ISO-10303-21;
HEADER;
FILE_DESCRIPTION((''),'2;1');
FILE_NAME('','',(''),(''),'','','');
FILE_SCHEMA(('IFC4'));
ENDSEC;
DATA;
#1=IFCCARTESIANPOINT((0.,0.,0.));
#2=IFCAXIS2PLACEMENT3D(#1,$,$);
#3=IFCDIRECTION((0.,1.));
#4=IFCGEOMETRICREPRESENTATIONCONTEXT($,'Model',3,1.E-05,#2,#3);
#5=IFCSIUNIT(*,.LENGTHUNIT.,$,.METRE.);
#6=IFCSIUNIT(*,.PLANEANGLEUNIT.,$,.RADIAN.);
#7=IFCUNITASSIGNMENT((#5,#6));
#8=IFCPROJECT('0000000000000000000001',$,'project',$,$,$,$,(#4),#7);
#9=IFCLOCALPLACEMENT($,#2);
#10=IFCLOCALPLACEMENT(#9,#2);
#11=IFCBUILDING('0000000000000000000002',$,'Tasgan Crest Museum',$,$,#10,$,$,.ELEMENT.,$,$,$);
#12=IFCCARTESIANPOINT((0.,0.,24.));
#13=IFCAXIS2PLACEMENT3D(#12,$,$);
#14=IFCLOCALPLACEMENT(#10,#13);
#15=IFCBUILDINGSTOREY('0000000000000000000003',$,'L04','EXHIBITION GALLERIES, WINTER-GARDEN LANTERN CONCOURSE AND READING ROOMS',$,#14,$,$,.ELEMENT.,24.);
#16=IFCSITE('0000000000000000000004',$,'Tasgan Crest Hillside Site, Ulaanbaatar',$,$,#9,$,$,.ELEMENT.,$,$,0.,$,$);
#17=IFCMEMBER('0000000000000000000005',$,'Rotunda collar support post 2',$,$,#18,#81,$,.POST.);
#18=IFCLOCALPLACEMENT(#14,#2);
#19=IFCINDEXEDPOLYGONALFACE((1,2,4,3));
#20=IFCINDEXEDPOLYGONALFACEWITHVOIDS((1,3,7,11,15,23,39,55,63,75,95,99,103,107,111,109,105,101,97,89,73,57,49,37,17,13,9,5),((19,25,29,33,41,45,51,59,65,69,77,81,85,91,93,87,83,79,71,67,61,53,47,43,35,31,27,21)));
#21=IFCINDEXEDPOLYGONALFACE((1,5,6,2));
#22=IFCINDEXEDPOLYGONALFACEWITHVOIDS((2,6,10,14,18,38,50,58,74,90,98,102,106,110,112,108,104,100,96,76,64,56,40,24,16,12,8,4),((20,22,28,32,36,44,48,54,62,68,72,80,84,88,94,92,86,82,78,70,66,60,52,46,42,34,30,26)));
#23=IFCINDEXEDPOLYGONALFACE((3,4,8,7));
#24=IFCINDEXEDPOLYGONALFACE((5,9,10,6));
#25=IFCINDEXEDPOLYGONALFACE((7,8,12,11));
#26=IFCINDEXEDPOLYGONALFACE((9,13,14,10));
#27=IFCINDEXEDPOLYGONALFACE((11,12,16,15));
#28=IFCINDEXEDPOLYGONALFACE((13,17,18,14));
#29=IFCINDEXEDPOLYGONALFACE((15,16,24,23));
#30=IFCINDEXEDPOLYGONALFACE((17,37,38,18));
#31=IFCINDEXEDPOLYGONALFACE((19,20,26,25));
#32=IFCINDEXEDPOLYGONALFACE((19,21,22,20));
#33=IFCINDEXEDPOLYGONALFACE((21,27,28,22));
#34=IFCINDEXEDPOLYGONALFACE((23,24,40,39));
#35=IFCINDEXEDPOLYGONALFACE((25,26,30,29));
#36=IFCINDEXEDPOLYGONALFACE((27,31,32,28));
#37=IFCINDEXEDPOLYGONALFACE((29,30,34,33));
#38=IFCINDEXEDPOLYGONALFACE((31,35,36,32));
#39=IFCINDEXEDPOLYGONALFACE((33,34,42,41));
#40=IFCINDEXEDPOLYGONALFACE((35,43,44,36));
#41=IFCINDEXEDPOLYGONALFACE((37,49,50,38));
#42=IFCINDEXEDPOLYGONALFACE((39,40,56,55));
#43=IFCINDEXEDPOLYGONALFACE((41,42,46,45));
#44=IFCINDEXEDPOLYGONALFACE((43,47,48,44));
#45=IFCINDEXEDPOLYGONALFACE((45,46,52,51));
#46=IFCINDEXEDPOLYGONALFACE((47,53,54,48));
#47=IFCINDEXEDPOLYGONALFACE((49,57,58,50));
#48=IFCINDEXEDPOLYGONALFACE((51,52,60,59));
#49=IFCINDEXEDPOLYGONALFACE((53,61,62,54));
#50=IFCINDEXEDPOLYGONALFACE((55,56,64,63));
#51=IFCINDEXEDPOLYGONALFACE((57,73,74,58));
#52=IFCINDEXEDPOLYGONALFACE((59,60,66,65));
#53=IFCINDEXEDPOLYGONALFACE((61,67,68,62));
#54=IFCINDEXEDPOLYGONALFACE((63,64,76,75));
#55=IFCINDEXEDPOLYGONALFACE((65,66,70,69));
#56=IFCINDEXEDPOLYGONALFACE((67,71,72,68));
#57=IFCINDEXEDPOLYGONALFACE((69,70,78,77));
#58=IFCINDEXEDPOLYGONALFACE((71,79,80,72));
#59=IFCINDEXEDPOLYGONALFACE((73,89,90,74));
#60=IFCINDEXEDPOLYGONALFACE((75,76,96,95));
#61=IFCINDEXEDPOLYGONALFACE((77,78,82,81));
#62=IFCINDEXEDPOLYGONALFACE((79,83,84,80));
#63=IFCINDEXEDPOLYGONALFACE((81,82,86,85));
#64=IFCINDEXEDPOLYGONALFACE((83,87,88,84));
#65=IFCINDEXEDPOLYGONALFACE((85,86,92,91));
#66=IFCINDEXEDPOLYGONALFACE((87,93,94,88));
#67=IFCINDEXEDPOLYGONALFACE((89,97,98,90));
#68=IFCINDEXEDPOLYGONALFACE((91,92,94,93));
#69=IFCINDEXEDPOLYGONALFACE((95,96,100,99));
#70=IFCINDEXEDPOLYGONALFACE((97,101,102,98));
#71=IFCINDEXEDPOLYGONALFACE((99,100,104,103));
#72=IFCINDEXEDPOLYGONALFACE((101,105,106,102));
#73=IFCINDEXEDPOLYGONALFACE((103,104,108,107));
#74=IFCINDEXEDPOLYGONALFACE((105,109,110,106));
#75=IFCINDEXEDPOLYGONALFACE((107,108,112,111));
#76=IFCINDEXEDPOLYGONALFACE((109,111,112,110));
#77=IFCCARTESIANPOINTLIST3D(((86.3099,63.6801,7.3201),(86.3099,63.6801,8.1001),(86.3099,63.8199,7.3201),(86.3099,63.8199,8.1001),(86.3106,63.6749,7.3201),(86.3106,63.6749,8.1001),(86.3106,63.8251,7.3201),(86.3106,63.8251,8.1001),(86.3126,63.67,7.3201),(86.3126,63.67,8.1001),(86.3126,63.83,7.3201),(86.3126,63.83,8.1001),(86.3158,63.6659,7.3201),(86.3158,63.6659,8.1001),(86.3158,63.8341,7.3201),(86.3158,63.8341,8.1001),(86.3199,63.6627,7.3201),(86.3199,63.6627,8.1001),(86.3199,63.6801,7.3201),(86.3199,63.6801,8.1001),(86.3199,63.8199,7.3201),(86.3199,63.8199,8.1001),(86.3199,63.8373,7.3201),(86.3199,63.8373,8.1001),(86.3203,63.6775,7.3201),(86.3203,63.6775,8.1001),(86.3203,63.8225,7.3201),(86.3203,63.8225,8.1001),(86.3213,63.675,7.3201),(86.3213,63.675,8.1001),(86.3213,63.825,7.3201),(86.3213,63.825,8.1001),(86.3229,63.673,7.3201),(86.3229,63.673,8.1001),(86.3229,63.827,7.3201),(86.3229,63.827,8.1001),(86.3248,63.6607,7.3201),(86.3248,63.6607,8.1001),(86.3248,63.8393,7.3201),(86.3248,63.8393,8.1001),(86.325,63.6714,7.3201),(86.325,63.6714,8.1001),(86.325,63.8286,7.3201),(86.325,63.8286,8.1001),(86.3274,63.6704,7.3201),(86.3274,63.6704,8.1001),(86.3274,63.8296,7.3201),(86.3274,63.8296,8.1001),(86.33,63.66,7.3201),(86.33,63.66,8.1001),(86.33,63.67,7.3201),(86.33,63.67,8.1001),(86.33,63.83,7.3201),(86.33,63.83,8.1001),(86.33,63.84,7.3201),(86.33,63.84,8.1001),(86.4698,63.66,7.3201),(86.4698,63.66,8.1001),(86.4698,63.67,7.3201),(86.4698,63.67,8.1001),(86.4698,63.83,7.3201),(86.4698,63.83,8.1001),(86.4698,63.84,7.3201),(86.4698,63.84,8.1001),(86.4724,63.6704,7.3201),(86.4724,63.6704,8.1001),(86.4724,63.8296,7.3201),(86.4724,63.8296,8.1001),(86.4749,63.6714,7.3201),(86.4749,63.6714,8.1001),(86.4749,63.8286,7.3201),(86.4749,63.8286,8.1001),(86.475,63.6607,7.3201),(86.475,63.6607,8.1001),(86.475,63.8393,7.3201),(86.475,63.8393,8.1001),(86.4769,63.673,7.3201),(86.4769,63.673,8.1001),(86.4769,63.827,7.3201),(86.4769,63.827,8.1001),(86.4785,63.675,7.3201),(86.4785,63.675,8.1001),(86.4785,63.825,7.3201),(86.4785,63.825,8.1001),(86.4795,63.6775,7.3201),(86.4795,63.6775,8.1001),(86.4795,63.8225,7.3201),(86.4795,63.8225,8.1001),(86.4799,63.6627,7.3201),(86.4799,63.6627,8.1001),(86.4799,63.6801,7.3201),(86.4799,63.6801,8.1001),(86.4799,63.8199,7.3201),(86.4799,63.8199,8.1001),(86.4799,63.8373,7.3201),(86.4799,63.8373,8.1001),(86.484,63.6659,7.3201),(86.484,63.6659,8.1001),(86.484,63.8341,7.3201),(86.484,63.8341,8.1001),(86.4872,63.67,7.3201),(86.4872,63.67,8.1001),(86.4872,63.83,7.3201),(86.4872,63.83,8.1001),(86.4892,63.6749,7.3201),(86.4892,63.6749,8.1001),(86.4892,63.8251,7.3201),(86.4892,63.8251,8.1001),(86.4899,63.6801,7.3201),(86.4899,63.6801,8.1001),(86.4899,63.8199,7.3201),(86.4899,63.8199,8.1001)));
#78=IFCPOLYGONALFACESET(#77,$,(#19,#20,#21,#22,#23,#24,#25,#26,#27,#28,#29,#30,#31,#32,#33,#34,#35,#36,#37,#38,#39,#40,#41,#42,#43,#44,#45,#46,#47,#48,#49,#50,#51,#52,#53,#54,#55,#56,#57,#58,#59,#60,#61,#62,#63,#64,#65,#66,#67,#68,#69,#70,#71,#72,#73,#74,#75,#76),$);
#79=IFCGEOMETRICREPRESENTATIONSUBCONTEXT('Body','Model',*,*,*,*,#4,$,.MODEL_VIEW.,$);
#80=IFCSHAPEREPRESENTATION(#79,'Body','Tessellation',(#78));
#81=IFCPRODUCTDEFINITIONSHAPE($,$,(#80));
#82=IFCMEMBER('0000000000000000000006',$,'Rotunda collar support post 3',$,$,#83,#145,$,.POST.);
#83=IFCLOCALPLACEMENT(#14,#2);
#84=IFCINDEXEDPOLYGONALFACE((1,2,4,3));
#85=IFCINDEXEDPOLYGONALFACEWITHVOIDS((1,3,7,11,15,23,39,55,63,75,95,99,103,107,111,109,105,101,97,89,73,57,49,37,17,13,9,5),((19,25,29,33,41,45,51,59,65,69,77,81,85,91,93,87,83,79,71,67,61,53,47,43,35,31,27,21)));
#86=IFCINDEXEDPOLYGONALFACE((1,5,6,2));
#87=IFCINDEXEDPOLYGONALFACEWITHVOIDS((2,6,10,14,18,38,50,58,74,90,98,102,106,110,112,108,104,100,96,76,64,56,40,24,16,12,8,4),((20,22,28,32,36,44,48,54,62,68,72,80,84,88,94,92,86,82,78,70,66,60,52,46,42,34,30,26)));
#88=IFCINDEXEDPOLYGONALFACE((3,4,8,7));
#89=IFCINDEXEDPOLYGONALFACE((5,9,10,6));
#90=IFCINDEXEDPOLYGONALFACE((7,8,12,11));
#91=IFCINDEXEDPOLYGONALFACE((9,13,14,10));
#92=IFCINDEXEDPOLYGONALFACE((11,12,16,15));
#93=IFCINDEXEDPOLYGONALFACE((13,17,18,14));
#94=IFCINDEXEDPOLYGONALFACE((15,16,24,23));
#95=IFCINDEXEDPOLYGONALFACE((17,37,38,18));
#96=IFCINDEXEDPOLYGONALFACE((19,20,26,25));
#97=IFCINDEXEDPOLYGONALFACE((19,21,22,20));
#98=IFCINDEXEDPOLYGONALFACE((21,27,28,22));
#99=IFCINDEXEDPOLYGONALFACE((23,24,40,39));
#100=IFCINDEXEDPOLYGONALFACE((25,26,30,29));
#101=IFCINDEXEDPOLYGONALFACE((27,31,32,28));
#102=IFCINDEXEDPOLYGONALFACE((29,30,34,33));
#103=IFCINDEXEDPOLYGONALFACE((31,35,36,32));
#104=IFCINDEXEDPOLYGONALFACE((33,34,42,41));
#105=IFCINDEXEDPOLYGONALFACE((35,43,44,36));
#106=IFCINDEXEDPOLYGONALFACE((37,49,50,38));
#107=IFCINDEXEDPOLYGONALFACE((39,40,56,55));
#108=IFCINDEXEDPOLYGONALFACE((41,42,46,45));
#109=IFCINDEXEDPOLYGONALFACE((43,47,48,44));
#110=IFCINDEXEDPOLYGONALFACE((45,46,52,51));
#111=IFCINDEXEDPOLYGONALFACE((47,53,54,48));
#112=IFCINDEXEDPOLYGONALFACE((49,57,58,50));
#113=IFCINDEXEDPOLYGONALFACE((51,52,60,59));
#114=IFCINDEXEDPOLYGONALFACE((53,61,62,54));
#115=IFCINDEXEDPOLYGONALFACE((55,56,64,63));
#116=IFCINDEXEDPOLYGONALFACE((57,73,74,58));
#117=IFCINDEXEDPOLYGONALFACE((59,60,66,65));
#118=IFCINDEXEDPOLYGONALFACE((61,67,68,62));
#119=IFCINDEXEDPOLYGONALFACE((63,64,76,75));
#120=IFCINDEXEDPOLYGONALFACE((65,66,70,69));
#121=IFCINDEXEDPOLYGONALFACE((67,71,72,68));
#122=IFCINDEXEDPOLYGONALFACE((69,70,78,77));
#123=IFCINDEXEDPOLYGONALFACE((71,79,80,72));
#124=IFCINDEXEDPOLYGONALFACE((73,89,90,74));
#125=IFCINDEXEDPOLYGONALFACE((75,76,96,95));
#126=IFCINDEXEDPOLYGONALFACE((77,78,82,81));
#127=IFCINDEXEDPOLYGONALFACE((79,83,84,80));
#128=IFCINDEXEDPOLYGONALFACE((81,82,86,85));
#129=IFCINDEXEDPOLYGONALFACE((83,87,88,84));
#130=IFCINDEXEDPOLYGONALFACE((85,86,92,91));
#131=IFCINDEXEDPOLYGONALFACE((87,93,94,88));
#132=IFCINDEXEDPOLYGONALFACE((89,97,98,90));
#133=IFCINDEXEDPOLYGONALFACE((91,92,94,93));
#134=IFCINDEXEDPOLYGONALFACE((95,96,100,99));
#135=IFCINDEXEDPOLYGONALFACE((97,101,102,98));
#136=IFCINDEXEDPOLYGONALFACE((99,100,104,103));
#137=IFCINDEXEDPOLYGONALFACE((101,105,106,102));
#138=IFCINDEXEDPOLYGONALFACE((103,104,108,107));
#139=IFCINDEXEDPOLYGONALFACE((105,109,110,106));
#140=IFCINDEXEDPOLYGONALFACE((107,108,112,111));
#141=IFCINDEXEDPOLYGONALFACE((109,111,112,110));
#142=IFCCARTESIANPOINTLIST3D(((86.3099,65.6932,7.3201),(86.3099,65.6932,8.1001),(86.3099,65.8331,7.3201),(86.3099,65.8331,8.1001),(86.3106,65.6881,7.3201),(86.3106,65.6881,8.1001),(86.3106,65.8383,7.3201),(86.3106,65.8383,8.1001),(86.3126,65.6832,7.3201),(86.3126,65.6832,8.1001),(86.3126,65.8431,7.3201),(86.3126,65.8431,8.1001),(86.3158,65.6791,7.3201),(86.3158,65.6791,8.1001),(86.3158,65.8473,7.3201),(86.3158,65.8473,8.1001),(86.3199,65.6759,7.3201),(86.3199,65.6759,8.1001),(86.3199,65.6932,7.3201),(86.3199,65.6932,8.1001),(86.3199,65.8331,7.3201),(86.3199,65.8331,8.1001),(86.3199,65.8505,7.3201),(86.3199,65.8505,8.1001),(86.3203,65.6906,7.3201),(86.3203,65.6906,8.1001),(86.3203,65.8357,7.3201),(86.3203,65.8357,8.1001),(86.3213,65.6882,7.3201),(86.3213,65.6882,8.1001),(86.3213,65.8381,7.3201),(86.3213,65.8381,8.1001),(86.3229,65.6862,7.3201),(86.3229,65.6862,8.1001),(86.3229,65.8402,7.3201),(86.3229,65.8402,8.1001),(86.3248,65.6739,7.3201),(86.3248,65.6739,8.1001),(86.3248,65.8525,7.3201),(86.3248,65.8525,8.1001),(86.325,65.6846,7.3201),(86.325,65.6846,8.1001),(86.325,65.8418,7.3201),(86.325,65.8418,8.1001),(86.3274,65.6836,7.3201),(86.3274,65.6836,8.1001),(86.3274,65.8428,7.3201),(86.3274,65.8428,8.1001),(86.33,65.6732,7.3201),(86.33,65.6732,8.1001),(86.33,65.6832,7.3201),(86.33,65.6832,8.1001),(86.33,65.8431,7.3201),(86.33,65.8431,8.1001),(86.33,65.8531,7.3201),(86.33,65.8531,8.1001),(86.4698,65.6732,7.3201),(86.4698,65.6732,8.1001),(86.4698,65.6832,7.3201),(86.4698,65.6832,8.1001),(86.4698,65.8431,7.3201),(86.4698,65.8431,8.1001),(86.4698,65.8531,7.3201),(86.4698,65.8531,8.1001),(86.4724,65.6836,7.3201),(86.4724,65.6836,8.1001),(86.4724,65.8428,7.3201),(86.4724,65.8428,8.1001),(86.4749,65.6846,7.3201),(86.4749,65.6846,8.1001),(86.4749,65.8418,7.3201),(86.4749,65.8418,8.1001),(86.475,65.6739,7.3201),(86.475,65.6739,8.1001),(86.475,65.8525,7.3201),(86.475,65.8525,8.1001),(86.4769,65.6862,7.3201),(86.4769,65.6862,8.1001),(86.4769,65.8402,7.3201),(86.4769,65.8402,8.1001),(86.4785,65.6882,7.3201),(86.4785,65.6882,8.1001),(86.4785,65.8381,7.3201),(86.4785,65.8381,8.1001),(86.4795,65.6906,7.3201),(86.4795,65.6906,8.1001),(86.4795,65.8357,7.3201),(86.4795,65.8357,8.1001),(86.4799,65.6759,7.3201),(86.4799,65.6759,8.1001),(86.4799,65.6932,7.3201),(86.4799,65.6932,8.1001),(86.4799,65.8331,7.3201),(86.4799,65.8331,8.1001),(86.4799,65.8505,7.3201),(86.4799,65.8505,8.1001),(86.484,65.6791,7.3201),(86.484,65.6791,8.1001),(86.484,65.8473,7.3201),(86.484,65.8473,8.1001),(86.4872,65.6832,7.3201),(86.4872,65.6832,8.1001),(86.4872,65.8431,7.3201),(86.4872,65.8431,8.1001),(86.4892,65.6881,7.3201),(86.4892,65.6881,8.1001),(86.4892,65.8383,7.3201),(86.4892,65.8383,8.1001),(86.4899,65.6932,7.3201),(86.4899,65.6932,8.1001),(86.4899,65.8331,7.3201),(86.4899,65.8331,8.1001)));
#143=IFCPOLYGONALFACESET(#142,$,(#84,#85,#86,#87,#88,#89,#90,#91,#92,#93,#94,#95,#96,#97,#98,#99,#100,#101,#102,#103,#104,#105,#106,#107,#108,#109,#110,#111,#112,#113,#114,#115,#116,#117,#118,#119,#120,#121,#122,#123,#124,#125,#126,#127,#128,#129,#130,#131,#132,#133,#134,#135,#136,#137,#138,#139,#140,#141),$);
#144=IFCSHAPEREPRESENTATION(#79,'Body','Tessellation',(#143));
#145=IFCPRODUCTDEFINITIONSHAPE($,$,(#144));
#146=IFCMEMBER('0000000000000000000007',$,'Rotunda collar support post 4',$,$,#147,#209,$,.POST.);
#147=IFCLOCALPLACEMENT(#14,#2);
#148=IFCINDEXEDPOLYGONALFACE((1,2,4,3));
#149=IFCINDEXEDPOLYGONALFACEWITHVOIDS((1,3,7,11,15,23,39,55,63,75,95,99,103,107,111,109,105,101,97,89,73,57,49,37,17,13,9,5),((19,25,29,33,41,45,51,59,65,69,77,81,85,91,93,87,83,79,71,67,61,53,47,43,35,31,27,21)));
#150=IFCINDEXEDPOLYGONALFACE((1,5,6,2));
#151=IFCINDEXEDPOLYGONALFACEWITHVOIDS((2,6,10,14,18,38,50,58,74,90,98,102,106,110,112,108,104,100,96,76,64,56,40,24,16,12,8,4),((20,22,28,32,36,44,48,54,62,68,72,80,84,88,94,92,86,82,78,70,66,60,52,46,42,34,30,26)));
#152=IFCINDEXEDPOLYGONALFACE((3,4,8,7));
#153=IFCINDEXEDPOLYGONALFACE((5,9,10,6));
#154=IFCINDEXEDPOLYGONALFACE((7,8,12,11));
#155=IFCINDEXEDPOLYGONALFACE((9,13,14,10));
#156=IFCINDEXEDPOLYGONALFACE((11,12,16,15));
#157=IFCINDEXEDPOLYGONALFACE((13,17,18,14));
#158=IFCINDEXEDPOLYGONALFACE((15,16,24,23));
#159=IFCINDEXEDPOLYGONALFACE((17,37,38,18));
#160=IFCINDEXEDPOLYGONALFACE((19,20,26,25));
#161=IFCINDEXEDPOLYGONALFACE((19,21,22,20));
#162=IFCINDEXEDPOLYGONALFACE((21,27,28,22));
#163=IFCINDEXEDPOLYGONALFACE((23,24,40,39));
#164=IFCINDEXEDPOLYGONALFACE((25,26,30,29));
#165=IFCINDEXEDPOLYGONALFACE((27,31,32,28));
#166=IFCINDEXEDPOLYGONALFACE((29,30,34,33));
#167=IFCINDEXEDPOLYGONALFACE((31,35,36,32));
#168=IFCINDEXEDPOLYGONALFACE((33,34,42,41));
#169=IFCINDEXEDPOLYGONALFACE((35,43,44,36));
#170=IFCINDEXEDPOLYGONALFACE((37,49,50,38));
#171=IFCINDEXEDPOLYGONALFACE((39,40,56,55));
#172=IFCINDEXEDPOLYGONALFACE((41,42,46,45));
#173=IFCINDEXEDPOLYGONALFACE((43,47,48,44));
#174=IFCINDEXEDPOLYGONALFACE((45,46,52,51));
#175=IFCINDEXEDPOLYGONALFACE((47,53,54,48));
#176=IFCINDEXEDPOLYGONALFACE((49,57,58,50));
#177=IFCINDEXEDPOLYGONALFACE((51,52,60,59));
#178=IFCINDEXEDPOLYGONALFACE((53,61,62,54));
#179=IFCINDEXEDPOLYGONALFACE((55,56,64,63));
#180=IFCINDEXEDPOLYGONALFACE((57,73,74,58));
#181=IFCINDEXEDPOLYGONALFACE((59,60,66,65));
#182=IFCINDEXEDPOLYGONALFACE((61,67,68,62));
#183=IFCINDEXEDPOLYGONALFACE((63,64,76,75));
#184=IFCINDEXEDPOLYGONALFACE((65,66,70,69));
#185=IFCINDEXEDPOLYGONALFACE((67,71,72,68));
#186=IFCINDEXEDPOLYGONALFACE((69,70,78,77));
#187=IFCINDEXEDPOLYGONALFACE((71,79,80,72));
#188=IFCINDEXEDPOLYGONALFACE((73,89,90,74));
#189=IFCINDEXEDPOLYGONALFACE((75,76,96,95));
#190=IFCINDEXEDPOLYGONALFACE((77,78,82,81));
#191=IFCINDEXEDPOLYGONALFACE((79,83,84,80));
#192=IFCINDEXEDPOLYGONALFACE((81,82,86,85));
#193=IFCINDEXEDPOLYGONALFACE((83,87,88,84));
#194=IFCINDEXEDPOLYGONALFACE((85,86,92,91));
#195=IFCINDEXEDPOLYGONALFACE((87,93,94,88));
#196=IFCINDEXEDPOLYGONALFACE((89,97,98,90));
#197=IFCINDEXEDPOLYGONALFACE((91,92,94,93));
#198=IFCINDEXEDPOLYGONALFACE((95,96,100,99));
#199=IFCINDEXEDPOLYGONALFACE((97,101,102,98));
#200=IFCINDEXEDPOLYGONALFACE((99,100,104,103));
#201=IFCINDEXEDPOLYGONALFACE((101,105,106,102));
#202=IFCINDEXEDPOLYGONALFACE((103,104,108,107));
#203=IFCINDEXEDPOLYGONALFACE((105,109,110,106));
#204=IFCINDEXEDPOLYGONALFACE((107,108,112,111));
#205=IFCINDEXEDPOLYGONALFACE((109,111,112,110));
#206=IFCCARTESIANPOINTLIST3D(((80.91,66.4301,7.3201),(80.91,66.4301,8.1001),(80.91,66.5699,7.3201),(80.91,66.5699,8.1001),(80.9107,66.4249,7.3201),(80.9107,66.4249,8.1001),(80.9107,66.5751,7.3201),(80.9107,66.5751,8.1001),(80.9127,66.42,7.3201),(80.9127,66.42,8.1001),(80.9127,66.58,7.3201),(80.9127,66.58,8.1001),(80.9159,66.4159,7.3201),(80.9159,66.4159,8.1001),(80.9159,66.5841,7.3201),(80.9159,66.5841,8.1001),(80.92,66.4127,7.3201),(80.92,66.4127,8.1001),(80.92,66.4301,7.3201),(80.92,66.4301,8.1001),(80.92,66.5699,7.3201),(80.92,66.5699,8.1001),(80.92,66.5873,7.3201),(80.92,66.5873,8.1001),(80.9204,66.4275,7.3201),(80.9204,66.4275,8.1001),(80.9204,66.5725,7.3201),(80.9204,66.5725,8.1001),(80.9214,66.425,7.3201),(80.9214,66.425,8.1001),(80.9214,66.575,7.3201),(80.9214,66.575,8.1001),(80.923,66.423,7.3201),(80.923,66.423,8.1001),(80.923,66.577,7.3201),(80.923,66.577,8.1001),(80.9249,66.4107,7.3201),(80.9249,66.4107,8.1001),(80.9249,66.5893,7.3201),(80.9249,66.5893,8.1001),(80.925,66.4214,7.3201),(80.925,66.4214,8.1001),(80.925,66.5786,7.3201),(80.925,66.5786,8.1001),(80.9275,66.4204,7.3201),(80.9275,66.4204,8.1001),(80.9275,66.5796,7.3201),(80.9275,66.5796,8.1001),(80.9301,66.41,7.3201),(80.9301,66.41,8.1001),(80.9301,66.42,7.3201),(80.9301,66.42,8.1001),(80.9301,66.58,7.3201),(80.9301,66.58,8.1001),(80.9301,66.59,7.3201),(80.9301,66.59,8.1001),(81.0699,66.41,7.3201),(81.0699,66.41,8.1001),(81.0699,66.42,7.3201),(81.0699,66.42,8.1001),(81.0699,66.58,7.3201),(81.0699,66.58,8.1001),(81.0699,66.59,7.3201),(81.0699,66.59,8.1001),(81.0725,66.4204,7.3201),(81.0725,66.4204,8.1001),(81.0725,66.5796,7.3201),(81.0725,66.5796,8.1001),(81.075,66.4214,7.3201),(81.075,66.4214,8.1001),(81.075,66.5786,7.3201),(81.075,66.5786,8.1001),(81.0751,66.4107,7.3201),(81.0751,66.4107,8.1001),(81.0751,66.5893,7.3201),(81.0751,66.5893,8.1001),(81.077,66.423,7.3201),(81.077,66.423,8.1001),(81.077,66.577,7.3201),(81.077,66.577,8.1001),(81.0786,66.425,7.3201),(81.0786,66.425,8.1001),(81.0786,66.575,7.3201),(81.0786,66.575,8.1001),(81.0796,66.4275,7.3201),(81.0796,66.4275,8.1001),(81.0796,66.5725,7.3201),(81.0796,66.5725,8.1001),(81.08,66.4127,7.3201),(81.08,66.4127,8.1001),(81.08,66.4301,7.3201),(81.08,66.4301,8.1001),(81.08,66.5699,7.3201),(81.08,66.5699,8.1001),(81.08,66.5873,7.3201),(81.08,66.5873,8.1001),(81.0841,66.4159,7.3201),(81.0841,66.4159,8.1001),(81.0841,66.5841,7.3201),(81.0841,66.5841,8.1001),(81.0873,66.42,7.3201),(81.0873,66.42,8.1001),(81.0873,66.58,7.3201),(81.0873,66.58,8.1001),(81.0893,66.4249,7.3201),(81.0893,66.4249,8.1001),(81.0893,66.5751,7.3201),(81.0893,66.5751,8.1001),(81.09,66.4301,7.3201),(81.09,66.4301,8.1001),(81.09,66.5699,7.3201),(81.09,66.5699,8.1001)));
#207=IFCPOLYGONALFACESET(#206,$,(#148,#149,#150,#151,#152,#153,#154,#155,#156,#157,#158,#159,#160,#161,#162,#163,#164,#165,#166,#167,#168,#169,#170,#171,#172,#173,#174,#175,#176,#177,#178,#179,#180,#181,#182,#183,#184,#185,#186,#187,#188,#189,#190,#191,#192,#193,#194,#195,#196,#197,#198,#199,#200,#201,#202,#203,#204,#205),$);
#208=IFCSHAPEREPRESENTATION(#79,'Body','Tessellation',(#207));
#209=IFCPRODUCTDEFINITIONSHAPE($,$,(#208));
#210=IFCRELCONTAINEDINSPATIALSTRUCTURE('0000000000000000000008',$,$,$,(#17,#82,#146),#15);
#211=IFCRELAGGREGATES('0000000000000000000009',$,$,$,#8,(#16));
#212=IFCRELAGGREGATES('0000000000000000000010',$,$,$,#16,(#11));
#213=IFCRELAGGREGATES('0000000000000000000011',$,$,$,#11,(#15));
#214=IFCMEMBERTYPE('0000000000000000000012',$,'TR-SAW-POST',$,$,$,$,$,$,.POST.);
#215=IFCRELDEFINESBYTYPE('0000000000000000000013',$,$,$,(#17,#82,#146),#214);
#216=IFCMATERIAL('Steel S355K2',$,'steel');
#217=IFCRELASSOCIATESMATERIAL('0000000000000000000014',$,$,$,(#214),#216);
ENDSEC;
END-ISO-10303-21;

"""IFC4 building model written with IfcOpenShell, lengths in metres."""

from ifc_helpers import new_model, si_unit, direction, frame, origin, origin_2d, place, context, subcontext, project, spatial, hollow_rectangle, extrude, material, material_profile, profile_set, type_object, element, save


model = new_model("IFC4")

# Units and contexts
model_context = context("Model", 3, precision=1e-05, world=origin(), true_north=direction((0.0, 1.0)))
body_context = subcontext(model_context, "Body", "Model", "MODEL_VIEW")
ifc_project = project(units=[si_unit("LENGTHUNIT", "METRE"), si_unit("PLANEANGLEUNIT", "RADIAN")], contexts=[model_context])

# Site, building, storey
site_placement = place(None, origin())
site = spatial("IfcSite", under=ifc_project, at=site_placement, Name="Tasgan Crest Hillside Site, Ulaanbaatar", CompositionType="ELEMENT", RefElevation=0.0)
building_placement = place(site_placement, origin())
building = spatial("IfcBuilding", under=site, at=building_placement, Name="Tasgan Crest Museum", CompositionType="ELEMENT")
storey_placement = place(building_placement, frame((0.0, 0.0, 24.0)))
storey = spatial("IfcBuildingStorey", under=building, at=storey_placement, Name="L04", Description="EXHIBITION GALLERIES, WINTER-GARDEN LANTERN CONCOURSE AND READING ROOMS", CompositionType="ELEMENT", Elevation=24.0)

# Members
ifc_material_1 = material(Name="Steel S355K2", Category="steel")
ifc_material_profile_1 = material_profile(ifc_material_1, hollow_rectangle(XDim=0.1799, YDim=0.1799, WallThickness=0.01, InnerFilletRadius=0.01, OuterFilletRadius=0.02, at=origin_2d()), Name="SHS 180x180x10")
ifc_profile_set_1 = profile_set([ifc_material_profile_1], Name="Steel S355K2")
member_type_1 = type_object("IfcMemberType", Name="TR-SAW-POST", PredefinedType="POST", material=ifc_profile_set_1)
for number, where, z_axis, x_axis, name in (
    (1, (86.3999, 63.75, 7.3201), (0.0, 0.0, 1.0), (1.0, 0.0, 0.0), "Rotunda collar support post 2"),
    (2, (86.3999, 65.7632, 7.3201), (0.0, 0.0, 1.0), (1.0, 0.0, 0.0), "Rotunda collar support post 3"),
    (3, (81.0, 66.5, 7.3201), (0.0, 0.0, 1.0), (1.0, 0.0, 0.0), "Rotunda collar support post 4"),
):
    element("IfcMember", number, at=place(storey_placement, frame(where, z_axis=z_axis, x_axis=x_axis)), inside=storey, type_object=member_type_1, Name=name, PredefinedType="POST", context=body_context, shape_type="SweptSolid", body=[
        extrude(hollow_rectangle(XDim=0.1799, YDim=0.1799, WallThickness=0.01, InnerFilletRadius=0.01, OuterFilletRadius=0.02, at=origin_2d()), origin(), (0.0, 0.0, 1.0), 0.78),
    ])

save(model, "model.ifc")
